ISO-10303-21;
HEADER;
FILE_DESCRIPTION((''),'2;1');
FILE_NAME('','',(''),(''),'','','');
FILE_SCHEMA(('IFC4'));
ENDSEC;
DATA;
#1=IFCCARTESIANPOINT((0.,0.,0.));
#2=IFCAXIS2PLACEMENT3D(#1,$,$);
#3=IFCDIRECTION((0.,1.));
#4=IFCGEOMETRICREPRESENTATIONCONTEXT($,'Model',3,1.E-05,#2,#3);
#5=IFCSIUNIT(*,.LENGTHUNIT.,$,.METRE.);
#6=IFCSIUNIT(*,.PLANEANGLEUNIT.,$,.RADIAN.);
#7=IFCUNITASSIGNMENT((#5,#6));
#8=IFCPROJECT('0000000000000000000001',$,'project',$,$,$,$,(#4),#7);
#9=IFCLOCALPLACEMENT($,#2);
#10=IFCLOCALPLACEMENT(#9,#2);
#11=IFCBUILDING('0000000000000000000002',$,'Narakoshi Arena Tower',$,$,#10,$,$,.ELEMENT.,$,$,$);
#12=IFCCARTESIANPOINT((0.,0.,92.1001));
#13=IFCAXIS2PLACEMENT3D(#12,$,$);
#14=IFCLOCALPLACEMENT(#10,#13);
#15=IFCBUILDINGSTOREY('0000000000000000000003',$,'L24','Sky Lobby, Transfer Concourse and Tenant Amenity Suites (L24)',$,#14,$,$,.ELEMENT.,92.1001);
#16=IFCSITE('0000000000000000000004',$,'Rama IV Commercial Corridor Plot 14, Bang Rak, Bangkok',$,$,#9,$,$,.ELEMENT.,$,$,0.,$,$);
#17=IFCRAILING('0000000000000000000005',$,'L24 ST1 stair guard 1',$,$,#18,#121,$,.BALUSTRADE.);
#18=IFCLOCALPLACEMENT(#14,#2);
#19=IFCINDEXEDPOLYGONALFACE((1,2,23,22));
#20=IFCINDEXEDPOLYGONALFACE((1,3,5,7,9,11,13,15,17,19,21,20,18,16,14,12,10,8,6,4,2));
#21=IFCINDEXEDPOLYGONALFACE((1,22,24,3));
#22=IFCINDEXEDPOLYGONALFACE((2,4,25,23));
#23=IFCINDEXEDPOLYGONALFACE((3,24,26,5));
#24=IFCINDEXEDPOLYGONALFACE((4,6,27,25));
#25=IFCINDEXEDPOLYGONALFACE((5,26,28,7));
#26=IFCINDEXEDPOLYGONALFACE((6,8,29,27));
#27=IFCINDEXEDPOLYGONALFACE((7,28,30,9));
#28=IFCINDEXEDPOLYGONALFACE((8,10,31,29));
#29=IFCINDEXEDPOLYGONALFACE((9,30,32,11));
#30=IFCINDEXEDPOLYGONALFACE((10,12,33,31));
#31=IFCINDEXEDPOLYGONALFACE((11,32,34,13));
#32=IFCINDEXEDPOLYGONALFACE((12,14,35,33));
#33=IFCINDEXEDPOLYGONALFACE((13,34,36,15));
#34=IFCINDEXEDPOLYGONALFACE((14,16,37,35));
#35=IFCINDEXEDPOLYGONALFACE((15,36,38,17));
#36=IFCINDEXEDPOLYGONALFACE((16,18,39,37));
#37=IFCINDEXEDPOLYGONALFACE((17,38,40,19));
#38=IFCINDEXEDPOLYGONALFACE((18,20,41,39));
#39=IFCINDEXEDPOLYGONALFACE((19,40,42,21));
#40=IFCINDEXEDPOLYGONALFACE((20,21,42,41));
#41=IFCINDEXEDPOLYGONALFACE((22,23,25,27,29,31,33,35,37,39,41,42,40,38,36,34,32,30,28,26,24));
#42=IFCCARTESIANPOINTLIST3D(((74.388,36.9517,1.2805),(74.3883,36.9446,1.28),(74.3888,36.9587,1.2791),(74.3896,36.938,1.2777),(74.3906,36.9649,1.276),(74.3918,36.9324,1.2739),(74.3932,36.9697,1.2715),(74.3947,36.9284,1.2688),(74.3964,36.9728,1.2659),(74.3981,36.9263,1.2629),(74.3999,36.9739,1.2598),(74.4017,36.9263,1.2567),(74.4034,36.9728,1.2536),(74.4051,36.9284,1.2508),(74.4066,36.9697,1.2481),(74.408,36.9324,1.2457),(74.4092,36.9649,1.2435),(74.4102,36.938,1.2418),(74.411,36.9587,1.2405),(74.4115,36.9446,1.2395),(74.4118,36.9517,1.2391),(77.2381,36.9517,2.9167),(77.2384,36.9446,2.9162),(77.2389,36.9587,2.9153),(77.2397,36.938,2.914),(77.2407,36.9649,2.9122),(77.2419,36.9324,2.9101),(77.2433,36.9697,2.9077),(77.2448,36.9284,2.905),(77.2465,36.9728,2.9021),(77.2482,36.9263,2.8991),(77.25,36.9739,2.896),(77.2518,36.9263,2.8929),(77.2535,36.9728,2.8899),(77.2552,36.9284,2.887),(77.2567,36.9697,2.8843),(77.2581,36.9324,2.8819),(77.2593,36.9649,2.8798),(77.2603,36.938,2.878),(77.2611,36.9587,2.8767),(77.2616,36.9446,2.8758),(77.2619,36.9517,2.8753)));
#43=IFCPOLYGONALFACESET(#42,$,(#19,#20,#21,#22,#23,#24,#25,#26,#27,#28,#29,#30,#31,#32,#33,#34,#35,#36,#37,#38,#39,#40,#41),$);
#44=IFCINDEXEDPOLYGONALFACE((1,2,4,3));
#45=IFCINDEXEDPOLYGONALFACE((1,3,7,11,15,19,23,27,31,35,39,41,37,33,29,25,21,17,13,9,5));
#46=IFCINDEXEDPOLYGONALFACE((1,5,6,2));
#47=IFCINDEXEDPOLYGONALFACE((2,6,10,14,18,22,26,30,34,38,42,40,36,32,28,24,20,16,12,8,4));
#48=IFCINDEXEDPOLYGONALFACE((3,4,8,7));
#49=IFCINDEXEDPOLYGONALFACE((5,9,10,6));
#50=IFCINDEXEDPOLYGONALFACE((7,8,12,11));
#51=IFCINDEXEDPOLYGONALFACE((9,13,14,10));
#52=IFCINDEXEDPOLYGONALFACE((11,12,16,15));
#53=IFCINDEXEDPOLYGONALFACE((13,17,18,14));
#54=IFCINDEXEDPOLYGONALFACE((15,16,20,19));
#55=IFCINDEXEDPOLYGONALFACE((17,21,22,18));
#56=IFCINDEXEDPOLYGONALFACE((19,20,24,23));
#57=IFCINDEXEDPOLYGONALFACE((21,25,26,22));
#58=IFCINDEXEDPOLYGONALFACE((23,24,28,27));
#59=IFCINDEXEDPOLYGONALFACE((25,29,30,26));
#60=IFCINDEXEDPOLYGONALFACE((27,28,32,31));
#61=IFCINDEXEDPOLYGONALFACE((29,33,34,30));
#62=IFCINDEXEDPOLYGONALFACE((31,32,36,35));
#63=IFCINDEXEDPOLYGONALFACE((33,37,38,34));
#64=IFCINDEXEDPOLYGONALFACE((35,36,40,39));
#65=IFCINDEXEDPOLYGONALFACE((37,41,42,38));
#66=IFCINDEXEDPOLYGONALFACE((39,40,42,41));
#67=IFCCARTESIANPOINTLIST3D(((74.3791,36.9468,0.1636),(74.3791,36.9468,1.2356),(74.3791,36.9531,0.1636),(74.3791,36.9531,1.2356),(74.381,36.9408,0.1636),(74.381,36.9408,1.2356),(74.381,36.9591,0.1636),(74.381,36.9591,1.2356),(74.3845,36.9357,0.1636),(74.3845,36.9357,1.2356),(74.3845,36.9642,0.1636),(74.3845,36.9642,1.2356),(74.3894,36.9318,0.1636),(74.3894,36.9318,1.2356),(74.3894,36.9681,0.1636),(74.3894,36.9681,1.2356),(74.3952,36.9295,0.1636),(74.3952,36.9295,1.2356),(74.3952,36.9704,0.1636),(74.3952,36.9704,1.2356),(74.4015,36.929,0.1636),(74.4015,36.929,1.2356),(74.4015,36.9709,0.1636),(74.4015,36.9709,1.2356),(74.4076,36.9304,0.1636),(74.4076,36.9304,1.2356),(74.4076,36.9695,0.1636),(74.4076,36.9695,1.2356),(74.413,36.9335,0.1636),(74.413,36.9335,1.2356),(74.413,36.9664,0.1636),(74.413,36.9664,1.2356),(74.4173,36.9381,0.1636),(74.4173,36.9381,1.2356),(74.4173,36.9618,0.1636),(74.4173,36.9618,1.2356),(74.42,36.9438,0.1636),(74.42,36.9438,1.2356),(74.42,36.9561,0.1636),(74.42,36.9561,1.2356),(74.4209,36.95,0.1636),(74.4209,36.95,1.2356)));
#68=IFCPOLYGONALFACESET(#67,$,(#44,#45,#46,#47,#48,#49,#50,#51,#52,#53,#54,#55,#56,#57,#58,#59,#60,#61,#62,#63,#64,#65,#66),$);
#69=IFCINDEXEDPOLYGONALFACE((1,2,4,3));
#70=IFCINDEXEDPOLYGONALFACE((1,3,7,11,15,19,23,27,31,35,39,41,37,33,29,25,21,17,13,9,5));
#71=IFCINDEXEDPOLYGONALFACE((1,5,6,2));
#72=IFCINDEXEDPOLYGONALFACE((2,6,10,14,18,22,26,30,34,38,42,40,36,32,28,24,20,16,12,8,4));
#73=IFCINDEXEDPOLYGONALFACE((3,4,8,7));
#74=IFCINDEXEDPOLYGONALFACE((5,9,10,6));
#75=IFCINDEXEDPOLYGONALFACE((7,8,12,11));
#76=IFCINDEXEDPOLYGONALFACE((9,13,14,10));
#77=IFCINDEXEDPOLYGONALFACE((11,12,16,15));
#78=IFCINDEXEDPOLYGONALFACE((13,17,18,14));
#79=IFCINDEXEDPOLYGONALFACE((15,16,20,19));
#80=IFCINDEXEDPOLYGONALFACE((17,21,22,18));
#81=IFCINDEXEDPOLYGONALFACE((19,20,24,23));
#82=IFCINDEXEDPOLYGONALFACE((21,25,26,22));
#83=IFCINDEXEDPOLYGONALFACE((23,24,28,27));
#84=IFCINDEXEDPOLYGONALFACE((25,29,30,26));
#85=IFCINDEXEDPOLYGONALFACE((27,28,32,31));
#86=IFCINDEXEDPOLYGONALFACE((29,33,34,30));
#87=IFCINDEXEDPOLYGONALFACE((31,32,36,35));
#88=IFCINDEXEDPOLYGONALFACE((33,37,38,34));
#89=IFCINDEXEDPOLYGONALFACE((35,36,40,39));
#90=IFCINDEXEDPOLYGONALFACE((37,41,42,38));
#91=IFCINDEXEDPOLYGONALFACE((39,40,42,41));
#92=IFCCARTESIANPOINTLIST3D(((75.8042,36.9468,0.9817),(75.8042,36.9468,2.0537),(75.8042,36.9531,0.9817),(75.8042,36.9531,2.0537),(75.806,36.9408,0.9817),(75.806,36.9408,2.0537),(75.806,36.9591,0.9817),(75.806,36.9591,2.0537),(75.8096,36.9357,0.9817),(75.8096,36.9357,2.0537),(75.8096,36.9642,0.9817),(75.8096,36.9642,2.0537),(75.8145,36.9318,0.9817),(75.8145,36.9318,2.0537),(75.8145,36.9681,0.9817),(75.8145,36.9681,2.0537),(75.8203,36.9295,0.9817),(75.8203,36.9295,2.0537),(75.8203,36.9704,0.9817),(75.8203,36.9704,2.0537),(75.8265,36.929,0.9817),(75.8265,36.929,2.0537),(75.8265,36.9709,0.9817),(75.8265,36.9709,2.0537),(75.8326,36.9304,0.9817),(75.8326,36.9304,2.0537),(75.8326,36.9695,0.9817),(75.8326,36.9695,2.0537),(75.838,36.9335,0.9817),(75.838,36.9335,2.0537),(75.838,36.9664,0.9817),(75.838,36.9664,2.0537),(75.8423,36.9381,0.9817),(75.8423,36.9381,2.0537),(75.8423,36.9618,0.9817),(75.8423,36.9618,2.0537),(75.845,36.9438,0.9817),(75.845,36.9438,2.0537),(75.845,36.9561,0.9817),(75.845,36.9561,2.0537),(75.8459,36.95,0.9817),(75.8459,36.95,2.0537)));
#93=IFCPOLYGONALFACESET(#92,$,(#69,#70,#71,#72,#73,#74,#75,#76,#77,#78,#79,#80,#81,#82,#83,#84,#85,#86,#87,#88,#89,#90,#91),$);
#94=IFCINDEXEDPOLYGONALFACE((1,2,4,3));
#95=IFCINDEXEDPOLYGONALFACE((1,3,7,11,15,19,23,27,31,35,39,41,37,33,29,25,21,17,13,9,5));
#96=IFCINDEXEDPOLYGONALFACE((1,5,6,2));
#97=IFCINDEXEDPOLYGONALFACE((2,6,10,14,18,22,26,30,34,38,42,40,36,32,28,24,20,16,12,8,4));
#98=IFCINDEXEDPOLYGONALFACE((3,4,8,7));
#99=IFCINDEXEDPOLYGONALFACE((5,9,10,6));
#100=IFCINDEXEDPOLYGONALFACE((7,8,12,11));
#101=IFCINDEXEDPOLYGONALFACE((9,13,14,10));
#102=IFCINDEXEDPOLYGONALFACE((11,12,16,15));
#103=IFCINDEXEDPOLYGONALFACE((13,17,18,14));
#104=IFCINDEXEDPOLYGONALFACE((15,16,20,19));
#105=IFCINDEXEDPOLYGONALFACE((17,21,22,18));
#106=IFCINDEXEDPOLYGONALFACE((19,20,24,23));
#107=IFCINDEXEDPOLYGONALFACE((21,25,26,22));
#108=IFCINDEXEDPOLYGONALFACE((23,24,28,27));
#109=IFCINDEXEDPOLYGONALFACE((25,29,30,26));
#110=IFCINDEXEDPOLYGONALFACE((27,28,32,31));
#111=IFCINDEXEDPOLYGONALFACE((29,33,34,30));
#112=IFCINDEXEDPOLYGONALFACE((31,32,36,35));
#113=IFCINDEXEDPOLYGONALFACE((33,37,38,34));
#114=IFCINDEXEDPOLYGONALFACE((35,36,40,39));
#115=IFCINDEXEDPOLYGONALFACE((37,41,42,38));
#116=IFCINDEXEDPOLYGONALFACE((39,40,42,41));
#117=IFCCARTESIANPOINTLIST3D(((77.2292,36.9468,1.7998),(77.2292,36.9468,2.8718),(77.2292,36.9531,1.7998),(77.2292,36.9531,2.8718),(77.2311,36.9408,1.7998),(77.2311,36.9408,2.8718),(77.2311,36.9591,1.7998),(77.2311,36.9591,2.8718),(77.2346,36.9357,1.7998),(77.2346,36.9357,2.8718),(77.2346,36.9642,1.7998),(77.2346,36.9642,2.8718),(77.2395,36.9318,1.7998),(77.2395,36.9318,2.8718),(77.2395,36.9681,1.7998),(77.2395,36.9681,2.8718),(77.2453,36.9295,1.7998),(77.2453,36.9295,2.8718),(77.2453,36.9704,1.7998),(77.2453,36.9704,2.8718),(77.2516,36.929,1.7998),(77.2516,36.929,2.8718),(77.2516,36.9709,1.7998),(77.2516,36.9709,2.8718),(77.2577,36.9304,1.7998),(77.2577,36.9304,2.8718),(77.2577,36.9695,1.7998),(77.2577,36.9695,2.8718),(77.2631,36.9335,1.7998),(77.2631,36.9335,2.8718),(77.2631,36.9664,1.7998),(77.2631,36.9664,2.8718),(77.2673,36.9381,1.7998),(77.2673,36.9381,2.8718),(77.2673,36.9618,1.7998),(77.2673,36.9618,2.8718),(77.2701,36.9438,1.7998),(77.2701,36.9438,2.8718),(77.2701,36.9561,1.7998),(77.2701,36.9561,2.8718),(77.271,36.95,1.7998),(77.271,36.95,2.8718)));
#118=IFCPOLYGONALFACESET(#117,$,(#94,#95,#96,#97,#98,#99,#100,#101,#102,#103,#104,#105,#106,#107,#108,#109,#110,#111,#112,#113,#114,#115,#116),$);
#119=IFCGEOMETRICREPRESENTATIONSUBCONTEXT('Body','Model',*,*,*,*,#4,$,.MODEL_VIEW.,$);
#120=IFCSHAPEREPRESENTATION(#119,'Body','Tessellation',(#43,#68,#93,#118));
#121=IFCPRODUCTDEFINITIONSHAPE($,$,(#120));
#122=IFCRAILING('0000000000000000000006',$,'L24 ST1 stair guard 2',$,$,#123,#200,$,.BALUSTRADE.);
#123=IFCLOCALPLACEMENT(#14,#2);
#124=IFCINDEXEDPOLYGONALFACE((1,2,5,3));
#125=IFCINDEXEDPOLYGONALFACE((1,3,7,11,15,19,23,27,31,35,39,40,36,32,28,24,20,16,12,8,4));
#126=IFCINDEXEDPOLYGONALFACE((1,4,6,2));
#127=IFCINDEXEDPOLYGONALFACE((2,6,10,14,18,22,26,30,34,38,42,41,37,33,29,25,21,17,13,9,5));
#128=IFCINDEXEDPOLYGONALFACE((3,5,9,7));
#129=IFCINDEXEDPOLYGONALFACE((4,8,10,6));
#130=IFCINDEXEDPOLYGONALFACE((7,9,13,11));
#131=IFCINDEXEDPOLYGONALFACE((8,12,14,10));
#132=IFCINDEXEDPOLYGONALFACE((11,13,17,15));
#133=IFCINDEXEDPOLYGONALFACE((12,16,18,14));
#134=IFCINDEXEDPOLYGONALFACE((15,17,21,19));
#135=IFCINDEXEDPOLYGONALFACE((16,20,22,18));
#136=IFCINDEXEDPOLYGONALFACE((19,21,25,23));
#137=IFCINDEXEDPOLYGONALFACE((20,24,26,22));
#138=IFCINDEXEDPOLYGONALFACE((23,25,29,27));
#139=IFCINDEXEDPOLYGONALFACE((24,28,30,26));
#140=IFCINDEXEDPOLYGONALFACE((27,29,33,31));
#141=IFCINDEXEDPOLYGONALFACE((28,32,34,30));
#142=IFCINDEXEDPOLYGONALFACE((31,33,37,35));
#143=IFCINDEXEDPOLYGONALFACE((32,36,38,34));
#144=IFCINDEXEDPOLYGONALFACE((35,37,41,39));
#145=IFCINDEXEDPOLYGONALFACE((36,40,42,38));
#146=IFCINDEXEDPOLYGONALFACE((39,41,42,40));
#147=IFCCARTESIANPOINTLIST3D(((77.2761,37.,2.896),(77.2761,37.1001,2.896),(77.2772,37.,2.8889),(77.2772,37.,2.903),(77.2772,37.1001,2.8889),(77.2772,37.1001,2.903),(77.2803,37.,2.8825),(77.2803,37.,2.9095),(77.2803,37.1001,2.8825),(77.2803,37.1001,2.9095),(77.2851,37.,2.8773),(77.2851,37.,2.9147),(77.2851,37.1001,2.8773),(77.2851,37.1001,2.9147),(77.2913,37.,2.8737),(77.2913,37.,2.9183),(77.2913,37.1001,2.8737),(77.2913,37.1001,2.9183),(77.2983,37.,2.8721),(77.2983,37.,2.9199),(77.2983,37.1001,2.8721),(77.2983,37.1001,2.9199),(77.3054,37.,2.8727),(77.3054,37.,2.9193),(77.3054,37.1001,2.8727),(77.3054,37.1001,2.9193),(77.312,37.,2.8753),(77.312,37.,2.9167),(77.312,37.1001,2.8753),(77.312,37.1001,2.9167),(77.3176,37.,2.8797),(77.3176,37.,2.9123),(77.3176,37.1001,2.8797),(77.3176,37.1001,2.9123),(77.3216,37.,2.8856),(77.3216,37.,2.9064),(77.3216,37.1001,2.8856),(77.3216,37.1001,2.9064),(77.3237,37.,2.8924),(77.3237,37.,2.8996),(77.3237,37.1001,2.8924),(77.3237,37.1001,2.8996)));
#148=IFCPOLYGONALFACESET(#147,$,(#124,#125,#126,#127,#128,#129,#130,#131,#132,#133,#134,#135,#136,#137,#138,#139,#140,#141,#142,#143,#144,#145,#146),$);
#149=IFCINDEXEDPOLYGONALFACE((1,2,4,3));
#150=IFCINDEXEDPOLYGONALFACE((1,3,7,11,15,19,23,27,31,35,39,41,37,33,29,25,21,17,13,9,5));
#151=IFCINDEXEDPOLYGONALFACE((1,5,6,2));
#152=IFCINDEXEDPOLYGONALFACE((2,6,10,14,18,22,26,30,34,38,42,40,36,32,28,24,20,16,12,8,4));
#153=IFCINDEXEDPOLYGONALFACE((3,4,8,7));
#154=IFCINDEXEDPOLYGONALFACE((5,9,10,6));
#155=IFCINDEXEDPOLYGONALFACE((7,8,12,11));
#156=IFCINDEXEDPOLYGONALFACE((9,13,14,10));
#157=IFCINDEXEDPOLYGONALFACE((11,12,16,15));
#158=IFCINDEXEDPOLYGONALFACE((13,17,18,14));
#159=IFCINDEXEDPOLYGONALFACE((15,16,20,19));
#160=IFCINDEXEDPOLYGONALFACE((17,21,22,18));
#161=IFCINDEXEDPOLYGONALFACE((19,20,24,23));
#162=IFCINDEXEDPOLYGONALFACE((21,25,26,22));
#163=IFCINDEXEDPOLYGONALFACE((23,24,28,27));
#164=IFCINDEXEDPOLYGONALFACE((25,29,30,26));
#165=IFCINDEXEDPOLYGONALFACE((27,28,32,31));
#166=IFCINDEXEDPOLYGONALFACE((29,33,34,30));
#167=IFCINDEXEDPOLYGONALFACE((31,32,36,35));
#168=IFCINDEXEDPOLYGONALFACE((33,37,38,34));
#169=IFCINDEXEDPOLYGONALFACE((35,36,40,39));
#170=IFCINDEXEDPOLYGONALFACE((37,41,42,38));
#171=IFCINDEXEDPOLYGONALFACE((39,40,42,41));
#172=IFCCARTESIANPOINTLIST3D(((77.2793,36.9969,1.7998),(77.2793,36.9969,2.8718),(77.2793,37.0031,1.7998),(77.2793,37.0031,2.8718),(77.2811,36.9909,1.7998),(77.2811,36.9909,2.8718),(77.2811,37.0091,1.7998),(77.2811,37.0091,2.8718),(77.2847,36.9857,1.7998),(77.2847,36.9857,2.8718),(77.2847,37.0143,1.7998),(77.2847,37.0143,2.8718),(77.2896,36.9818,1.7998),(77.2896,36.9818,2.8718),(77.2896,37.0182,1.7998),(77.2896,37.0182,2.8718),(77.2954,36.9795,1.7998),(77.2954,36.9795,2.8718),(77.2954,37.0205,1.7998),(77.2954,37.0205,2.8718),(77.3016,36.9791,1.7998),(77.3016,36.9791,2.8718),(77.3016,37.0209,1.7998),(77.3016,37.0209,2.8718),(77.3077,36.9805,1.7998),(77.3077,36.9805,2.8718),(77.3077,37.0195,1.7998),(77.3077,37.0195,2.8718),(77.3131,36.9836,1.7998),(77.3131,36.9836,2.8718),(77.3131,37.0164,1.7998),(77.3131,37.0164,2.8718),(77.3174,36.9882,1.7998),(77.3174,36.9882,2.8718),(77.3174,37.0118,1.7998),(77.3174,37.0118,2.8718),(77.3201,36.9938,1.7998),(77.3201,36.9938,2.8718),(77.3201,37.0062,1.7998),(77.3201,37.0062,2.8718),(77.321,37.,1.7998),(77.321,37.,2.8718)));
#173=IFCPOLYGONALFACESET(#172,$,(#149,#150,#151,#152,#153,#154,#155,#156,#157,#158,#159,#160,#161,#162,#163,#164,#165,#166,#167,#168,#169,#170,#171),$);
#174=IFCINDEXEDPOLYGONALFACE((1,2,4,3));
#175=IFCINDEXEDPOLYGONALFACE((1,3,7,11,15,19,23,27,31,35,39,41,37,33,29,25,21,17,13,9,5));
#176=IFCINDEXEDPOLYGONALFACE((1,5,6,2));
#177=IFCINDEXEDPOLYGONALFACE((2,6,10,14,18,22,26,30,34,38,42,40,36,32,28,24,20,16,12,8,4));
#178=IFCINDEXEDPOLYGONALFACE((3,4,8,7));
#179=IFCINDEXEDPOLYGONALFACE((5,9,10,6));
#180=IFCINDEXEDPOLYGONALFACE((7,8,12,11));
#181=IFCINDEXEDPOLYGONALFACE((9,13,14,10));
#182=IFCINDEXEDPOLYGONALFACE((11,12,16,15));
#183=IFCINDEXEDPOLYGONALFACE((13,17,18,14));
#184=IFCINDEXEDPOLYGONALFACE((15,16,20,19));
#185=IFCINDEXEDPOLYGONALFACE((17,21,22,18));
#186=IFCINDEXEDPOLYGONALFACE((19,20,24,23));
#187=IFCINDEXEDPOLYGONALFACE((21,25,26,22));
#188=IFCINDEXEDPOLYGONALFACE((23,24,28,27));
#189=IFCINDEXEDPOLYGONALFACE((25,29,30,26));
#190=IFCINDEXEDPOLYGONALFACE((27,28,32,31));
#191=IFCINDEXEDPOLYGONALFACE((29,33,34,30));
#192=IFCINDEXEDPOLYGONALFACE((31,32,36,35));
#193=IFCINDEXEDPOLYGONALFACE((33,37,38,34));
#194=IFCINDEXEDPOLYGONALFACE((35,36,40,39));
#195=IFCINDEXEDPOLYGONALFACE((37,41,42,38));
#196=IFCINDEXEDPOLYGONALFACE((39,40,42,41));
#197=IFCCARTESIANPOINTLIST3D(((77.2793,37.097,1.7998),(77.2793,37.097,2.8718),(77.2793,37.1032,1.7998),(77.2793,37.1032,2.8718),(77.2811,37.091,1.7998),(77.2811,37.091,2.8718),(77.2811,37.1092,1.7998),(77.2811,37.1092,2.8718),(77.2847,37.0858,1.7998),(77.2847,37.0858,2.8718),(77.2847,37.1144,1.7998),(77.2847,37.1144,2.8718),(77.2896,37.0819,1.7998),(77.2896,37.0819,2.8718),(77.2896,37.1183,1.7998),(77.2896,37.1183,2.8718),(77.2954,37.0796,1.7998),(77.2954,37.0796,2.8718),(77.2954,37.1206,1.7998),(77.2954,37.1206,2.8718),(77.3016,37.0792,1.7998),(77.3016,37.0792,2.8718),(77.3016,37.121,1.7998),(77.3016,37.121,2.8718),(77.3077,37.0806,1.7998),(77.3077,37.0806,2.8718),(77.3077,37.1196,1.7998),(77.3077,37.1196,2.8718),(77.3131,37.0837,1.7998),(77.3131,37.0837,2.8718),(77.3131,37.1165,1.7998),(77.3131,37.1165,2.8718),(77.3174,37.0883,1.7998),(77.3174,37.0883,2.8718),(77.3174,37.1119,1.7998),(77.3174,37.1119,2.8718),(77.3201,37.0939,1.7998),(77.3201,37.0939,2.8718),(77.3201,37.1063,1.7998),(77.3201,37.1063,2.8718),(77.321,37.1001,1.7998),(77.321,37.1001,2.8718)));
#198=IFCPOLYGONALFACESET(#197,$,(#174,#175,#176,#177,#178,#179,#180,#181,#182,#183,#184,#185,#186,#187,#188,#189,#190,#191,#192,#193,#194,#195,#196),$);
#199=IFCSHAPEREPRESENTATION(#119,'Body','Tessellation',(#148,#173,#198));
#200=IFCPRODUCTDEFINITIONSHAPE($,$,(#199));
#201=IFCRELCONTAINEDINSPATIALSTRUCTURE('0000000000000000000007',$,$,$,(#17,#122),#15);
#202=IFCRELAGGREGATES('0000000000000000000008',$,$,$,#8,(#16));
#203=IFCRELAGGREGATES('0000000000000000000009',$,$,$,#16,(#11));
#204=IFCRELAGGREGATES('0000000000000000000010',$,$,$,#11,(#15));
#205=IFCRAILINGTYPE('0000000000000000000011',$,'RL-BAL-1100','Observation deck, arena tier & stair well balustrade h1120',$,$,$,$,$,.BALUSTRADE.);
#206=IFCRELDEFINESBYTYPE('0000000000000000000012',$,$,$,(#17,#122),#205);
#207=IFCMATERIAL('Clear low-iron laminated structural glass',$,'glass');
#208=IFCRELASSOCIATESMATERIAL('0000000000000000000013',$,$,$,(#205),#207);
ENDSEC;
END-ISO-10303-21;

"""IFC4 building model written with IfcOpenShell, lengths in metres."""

from ifc_helpers import new_model, si_unit, direction, frame, origin, origin_2d, place, context, subcontext, project, spatial, circle, extrude, material, type_object, element, save


model = new_model("IFC4")

# Units and contexts
model_context = context("Model", 3, precision=1e-05, world=origin(), true_north=direction((0.0, 1.0)))
body_context = subcontext(model_context, "Body", "Model", "MODEL_VIEW")
ifc_project = project(units=[si_unit("LENGTHUNIT", "METRE"), si_unit("PLANEANGLEUNIT", "RADIAN")], contexts=[model_context])

# Site, building, storey
site_placement = place(None, origin())
site = spatial("IfcSite", under=ifc_project, at=site_placement, Name="Rama IV Commercial Corridor Plot 14, Bang Rak, Bangkok", CompositionType="ELEMENT", RefElevation=0.0)
building_placement = place(site_placement, origin())
building = spatial("IfcBuilding", under=site, at=building_placement, Name="Narakoshi Arena Tower", CompositionType="ELEMENT")
storey_placement = place(building_placement, frame((0.0, 0.0, 92.1001)))
storey = spatial("IfcBuildingStorey", under=building, at=storey_placement, Name="L24", Description="Sky Lobby, Transfer Concourse and Tenant Amenity Suites (L24)", CompositionType="ELEMENT", Elevation=92.1001)

# Railings
ifc_material_1 = material(Name="Clear low-iron laminated structural glass", Category="glass")
railing_type_1 = type_object("IfcRailingType", Name="RL-BAL-1100", Description="Observation deck, arena tier & stair well balustrade h1120", PredefinedType="BALUSTRADE", material=ifc_material_1)
railing_1_placement = place(storey_placement, frame((74.3999, 36.95, 0.1636)))
element("IfcRailing", 1, at=railing_1_placement, inside=storey, type_object=railing_type_1, Name="L24 ST1 stair guard 1", PredefinedType="BALUSTRADE", context=body_context, shape_type="SweptSolid", body=[
    extrude(circle(Radius=0.0239, at=origin_2d()), frame((0.0, 0.0, 1.0962), z_axis=(0.867245, 0.0, 0.497882), x_axis=(0.0, 1.0, 0.0)), (0.0, 0.0, 1.0), 3.2864),
    extrude(circle(Radius=0.021, at=origin_2d()), origin(), (0.0, 0.0, 1.0), 1.072),
    extrude(circle(Radius=0.021, at=origin_2d()), frame((1.425, 0.0, 0.8181)), (0.0, 0.0, 1.0), 1.072),
    extrude(circle(Radius=0.021, at=origin_2d()), frame((2.8501, 0.0, 1.6362)), (0.0, 0.0, 1.0), 1.072),
])
railing_2_placement = place(storey_placement, frame((77.3, 37.0, 1.7998)))
element("IfcRailing", 2, at=railing_2_placement, inside=storey, type_object=railing_type_1, Name="L24 ST1 stair guard 2", PredefinedType="BALUSTRADE", context=body_context, shape_type="SweptSolid", body=[
    extrude(circle(Radius=0.0239, at=origin_2d()), frame((0.0, 0.0, 1.0962), z_axis=(0.0, 1.0, 0.0), x_axis=(-1.0, 0.0, 0.0)), (0.0, 0.0, 1.0), 0.1001),
    extrude(circle(Radius=0.021, at=origin_2d()), origin(), (0.0, 0.0, 1.0), 1.072),
    extrude(circle(Radius=0.021, at=origin_2d()), frame((0.0, 0.1001, 0.0)), (0.0, 0.0, 1.0), 1.072),
])

save(model, "model.ifc")
